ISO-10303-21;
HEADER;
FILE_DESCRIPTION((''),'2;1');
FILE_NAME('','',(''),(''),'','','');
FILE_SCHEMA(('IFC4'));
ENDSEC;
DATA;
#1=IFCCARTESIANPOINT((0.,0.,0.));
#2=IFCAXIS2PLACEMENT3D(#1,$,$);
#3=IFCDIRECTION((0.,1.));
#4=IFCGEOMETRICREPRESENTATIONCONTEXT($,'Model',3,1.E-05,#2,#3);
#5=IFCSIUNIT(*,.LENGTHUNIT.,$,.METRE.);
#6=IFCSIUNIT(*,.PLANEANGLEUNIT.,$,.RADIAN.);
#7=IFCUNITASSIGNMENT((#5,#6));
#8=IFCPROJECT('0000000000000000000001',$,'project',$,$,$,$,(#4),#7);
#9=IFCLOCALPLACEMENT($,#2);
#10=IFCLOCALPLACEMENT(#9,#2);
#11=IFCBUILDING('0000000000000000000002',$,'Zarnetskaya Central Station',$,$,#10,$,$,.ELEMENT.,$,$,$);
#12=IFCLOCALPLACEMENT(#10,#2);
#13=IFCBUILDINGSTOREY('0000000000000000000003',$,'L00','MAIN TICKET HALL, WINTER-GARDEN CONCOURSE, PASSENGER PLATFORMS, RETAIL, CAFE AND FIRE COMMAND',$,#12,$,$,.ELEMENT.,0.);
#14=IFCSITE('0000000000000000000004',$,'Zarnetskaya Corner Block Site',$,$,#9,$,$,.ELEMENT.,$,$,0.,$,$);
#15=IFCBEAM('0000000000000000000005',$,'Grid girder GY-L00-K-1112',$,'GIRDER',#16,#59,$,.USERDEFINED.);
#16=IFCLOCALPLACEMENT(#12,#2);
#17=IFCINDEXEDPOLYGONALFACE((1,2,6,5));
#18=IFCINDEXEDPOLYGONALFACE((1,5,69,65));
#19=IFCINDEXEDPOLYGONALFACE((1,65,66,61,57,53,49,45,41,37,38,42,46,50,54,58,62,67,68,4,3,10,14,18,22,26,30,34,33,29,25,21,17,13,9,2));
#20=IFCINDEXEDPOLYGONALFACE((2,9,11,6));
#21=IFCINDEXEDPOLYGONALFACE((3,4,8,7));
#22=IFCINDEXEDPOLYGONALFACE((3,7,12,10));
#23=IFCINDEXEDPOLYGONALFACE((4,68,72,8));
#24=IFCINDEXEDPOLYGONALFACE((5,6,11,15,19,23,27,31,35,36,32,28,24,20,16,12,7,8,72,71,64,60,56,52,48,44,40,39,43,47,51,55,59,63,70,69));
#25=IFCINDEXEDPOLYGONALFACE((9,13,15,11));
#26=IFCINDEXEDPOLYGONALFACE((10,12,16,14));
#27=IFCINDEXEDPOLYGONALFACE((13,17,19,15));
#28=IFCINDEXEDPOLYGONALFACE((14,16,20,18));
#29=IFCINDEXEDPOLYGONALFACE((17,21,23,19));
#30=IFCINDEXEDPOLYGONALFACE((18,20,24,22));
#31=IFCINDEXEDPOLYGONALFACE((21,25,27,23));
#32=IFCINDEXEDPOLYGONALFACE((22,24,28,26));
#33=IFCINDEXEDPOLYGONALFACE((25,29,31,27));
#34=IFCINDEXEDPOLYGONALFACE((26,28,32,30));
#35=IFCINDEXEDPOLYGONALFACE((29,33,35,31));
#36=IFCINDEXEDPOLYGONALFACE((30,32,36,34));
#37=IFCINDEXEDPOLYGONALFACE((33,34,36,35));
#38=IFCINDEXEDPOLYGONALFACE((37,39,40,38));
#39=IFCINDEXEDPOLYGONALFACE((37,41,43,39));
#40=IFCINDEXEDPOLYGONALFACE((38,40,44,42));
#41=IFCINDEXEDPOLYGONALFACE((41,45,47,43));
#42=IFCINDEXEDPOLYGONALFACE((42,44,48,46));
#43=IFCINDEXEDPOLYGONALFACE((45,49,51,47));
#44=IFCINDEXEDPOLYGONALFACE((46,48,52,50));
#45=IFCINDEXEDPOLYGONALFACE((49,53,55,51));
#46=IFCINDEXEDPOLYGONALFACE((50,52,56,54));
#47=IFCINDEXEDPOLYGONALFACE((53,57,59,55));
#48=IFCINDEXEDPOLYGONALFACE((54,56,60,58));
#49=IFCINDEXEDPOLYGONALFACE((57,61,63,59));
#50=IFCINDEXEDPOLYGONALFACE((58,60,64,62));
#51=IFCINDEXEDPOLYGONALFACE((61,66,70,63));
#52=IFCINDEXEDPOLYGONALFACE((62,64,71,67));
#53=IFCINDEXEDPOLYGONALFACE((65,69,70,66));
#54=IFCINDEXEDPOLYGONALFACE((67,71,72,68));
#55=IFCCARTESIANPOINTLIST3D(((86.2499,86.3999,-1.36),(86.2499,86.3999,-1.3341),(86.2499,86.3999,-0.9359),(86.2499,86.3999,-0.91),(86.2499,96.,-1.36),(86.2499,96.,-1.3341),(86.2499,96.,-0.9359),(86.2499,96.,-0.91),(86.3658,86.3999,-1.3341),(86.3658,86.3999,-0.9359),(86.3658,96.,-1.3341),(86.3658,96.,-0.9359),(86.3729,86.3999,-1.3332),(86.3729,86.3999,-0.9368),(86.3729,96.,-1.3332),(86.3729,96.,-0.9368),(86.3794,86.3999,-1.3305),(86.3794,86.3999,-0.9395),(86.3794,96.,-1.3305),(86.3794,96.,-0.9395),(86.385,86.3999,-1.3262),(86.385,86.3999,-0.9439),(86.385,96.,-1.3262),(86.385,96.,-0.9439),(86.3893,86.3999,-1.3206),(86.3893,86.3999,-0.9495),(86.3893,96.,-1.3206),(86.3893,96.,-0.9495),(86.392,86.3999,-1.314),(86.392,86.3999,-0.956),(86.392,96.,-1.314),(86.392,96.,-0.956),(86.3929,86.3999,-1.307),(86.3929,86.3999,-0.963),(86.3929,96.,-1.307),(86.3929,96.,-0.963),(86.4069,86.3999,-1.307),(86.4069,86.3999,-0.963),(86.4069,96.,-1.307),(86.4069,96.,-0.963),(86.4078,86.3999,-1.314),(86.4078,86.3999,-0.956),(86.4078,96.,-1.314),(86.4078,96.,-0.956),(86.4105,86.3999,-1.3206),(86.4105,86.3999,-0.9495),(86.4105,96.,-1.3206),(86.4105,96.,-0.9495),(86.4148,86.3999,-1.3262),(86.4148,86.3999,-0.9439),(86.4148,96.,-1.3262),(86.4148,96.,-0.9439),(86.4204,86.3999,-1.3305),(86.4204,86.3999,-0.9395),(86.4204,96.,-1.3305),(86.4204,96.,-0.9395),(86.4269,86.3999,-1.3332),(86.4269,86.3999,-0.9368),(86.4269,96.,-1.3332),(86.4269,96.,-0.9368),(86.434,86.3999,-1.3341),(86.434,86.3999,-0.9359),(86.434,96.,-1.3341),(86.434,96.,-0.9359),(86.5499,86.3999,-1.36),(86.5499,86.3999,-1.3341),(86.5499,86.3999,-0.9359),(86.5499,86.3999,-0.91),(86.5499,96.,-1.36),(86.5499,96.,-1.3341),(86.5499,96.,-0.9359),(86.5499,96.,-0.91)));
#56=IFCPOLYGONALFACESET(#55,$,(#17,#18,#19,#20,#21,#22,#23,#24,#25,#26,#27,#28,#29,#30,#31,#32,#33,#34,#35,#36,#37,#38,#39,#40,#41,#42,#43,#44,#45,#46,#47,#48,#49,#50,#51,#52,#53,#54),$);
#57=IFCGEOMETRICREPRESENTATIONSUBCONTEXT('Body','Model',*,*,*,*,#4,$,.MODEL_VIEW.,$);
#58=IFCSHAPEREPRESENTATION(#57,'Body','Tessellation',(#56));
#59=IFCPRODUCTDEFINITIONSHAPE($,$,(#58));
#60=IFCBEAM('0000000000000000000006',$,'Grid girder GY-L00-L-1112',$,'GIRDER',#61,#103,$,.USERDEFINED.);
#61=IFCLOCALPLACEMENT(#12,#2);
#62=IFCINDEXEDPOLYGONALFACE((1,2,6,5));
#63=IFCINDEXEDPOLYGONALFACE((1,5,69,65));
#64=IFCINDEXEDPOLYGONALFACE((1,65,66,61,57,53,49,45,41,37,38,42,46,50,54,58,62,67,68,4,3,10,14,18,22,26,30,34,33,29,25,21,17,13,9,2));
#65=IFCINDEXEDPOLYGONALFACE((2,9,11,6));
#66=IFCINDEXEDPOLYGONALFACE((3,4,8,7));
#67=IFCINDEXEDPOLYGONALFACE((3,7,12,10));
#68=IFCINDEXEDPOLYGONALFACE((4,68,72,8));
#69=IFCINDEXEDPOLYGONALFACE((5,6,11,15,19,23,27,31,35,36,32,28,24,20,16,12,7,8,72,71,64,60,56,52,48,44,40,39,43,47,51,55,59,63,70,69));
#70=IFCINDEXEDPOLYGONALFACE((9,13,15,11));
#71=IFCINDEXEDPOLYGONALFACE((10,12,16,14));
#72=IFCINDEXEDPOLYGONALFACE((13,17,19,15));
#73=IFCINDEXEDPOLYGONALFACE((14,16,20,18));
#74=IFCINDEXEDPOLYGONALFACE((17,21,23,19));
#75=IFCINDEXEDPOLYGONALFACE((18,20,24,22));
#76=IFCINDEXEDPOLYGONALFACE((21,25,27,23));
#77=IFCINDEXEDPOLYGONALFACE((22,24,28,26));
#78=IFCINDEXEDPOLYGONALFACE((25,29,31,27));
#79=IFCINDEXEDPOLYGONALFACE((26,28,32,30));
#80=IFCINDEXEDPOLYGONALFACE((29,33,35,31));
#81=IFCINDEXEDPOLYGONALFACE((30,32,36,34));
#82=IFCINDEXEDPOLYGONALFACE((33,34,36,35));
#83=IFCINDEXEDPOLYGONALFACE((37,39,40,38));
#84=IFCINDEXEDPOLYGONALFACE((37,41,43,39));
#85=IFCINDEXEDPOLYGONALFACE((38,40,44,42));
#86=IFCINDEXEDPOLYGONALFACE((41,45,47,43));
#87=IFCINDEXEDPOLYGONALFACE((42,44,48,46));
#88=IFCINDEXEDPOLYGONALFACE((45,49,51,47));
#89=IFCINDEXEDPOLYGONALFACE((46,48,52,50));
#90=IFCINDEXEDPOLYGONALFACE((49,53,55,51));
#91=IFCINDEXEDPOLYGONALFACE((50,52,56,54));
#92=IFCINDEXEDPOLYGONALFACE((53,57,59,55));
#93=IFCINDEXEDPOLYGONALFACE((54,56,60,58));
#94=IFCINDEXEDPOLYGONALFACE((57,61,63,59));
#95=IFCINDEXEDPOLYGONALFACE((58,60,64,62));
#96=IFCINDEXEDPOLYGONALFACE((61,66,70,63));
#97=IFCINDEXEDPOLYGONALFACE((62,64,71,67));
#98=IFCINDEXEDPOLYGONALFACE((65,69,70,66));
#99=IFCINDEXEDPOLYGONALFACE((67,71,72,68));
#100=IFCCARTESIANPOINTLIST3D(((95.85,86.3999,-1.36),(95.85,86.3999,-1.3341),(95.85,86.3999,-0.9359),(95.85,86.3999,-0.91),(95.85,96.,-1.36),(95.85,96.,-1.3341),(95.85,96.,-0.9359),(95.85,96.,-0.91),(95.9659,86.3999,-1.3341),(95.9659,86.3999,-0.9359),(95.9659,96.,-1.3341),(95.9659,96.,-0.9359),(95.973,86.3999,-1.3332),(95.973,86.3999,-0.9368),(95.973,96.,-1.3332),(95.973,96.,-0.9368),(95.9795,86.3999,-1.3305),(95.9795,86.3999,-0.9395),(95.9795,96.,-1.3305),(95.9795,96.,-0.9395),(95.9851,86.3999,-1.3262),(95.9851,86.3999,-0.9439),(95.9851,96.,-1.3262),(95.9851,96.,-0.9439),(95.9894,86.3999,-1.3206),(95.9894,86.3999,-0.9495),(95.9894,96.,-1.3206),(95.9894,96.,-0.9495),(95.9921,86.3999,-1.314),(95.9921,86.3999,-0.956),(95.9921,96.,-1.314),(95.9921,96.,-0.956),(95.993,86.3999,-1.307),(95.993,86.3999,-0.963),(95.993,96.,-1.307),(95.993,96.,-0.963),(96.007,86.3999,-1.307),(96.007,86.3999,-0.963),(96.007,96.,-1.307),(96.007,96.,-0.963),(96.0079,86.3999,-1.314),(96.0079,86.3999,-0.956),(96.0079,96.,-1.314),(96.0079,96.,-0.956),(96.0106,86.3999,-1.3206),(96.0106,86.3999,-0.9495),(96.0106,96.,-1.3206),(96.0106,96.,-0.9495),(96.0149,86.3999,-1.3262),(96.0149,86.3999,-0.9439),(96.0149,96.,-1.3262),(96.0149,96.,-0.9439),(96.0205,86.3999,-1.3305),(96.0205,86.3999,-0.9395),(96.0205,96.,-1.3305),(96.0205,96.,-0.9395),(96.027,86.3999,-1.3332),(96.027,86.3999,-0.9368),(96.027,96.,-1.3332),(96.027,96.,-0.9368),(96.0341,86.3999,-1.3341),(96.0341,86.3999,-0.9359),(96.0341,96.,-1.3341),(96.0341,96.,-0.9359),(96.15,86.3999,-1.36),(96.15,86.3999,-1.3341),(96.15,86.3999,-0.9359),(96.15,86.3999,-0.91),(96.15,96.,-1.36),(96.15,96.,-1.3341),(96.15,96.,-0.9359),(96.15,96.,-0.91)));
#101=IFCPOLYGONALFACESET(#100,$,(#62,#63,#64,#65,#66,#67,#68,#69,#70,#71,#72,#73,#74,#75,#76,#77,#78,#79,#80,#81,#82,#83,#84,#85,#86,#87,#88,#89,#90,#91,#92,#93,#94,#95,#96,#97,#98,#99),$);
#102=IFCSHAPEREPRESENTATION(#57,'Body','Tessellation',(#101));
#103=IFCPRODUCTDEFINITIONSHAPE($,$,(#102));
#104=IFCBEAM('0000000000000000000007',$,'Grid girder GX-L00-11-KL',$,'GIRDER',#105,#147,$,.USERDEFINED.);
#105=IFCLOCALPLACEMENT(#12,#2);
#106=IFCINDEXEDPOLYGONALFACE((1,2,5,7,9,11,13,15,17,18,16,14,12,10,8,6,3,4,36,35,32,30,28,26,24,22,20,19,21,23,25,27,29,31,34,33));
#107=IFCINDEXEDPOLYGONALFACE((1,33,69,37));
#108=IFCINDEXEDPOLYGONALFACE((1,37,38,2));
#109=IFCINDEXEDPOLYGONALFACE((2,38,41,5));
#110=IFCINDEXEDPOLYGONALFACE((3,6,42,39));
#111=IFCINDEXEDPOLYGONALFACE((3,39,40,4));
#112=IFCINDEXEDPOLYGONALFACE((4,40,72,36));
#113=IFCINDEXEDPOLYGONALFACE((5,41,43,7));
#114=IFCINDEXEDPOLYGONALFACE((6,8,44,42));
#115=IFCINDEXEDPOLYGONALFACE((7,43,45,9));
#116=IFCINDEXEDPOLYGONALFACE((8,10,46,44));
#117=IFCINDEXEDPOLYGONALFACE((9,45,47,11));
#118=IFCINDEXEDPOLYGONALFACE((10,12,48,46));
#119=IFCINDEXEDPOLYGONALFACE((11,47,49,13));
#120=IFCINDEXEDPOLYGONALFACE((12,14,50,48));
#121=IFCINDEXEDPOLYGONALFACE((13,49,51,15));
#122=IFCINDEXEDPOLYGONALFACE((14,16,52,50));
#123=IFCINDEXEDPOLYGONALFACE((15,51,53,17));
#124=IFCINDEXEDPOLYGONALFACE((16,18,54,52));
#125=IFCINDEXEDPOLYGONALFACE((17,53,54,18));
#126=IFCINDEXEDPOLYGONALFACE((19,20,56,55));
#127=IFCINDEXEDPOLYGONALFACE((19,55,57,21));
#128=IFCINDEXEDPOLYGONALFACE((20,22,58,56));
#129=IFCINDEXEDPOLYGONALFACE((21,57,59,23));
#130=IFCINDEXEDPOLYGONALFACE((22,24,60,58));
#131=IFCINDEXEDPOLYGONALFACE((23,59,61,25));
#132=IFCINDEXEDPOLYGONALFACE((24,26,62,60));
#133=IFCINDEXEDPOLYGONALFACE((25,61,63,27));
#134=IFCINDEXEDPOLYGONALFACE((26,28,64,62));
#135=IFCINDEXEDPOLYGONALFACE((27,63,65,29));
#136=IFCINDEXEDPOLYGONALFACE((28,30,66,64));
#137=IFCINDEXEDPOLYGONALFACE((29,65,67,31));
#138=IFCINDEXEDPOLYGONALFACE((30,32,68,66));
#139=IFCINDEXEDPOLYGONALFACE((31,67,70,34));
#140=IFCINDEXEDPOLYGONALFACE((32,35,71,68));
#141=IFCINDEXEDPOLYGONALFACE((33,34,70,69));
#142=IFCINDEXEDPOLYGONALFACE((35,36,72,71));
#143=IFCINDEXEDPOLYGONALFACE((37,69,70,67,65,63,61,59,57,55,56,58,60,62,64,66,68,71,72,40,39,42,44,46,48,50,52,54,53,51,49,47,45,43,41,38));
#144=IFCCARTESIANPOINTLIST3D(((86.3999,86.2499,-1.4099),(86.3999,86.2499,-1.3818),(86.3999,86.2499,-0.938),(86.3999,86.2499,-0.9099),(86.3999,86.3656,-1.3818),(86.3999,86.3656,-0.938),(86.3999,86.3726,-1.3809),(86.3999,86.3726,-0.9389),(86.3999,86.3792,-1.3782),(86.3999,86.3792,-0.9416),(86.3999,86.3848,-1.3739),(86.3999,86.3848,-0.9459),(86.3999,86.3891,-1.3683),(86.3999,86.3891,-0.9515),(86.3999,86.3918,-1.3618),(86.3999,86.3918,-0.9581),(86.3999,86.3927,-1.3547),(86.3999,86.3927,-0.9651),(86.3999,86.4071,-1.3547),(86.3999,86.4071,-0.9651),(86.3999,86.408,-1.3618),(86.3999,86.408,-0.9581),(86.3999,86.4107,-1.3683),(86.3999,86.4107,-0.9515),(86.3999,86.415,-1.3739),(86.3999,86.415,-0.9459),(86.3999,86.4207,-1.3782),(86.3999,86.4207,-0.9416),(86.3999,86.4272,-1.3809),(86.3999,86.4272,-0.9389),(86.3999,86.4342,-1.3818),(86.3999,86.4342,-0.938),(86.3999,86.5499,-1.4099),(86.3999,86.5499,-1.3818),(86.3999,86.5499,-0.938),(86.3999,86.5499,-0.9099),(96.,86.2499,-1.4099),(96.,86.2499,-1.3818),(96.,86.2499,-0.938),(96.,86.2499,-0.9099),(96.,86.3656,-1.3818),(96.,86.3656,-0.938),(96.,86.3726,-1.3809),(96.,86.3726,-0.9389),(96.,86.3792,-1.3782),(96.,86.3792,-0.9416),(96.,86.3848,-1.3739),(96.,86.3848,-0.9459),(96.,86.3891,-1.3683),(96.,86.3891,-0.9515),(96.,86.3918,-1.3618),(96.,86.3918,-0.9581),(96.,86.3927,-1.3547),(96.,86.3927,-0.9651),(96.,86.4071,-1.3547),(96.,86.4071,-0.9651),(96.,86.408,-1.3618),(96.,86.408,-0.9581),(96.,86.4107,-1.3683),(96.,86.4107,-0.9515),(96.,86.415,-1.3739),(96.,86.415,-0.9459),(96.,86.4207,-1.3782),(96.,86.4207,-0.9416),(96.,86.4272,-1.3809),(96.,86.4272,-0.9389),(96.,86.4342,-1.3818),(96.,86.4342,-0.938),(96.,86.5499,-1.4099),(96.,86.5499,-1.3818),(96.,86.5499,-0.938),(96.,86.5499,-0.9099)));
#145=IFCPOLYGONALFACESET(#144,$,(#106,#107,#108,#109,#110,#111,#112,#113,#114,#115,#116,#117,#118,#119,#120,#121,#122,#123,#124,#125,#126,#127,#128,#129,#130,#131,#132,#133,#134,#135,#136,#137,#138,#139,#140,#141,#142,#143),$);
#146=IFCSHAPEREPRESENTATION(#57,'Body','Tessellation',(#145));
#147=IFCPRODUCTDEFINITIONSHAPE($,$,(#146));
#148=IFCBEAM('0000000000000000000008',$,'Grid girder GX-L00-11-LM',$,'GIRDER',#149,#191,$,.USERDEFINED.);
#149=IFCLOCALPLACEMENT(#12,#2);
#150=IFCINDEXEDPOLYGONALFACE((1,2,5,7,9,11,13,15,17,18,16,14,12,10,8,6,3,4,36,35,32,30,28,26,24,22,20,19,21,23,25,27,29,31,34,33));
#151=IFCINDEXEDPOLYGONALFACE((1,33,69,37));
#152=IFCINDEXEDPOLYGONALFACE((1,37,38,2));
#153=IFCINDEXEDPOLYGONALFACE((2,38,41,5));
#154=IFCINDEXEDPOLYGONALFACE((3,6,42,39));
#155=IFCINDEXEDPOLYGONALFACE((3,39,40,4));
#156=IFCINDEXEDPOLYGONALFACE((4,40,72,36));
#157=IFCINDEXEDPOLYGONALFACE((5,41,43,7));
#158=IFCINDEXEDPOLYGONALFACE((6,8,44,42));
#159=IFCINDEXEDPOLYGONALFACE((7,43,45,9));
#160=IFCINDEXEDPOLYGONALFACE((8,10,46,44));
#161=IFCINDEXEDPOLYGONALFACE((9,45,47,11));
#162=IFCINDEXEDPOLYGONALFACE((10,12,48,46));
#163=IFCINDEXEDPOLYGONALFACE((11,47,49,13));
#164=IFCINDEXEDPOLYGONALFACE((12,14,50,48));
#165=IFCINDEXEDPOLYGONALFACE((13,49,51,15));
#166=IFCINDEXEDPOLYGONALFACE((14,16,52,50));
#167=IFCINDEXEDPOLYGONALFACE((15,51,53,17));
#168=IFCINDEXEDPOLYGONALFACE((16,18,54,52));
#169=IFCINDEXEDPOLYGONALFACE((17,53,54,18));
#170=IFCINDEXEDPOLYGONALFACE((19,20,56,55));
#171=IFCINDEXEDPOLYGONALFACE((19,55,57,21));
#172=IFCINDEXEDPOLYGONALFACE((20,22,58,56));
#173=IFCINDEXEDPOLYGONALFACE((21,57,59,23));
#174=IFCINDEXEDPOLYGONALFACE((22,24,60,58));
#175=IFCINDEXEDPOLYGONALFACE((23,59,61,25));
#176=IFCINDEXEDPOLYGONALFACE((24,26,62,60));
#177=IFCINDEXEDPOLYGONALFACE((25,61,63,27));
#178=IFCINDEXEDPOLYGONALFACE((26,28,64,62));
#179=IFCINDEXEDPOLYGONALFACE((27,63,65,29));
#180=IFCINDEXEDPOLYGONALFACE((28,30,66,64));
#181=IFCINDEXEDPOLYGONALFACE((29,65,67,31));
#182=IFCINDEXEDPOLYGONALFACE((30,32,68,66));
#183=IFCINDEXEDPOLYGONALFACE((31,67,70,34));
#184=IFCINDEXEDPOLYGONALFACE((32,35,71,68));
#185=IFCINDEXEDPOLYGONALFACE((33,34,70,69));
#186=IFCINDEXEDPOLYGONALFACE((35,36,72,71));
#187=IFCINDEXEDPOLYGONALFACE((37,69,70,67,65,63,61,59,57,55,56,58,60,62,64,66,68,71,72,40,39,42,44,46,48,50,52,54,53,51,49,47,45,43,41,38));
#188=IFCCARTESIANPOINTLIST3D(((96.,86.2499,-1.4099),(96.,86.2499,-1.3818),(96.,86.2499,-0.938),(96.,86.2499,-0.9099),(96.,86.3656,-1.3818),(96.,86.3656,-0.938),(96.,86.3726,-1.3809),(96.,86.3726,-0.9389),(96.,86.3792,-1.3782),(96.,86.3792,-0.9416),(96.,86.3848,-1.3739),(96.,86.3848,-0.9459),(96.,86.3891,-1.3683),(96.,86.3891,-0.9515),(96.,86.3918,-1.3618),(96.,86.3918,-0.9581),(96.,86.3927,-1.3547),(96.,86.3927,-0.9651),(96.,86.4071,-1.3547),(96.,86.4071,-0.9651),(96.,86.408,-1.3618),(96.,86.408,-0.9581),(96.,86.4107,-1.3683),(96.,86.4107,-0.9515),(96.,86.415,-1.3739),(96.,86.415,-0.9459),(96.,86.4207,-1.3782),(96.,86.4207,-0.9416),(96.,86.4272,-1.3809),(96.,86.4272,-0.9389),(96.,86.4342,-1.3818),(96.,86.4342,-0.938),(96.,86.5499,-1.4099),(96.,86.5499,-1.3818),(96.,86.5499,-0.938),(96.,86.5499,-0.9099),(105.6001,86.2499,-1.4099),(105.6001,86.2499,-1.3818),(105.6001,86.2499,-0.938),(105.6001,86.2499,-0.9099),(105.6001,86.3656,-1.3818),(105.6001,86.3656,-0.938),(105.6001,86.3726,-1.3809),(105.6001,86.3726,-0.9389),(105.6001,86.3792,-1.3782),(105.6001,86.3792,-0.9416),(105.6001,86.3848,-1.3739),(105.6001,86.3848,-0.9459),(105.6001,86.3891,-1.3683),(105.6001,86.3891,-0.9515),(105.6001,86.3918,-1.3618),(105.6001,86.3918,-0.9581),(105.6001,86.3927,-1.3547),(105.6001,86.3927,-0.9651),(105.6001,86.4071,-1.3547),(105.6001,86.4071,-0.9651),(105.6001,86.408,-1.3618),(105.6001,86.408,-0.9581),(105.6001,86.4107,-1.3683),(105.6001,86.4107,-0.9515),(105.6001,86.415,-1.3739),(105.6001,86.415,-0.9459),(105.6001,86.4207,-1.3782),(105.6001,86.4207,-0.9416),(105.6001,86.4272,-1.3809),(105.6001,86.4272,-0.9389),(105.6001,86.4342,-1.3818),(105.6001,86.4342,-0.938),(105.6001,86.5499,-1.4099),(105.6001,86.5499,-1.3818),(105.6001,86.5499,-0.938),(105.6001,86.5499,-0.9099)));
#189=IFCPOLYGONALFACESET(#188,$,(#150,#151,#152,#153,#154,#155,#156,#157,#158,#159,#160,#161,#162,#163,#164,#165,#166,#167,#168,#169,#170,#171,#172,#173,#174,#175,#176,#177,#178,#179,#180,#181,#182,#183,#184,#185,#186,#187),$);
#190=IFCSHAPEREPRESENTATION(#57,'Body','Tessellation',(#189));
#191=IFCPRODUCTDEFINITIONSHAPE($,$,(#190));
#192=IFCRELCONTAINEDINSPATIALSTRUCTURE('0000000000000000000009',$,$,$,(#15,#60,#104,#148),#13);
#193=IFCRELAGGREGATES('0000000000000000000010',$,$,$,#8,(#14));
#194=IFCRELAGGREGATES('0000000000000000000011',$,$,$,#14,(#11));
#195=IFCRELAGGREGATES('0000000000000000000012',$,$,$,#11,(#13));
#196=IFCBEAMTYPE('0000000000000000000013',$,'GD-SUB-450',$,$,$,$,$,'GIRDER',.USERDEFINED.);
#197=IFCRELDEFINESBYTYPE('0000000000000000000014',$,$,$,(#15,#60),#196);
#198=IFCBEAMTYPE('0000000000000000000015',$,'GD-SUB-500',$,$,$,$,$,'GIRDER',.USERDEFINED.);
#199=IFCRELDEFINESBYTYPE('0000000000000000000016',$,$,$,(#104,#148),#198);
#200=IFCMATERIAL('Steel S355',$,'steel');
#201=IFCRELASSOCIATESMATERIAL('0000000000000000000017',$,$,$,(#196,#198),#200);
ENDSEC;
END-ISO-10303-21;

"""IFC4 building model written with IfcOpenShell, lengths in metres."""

from ifc_helpers import new_model, si_unit, direction, frame, origin, origin_2d, place, context, subcontext, project, spatial, i_section, extrude, material, material_profile, profile_set, type_object, element, save


model = new_model("IFC4")

# Units and contexts
model_context = context("Model", 3, precision=1e-05, world=origin(), true_north=direction((0.0, 1.0)))
body_context = subcontext(model_context, "Body", "Model", "MODEL_VIEW")
ifc_project = project(units=[si_unit("LENGTHUNIT", "METRE"), si_unit("PLANEANGLEUNIT", "RADIAN")], contexts=[model_context])

# Site, building, storey
site_placement = place(None, origin())
site = spatial("IfcSite", under=ifc_project, at=site_placement, Name="Zarnetskaya Corner Block Site", CompositionType="ELEMENT", RefElevation=0.0)
building_placement = place(site_placement, origin())
building = spatial("IfcBuilding", under=site, at=building_placement, Name="Zarnetskaya Central Station", CompositionType="ELEMENT")
storey_placement = place(building_placement, origin())
storey = spatial("IfcBuildingStorey", under=building, at=storey_placement, Name="L00", Description="MAIN TICKET HALL, WINTER-GARDEN CONCOURSE, PASSENGER PLATFORMS, RETAIL, CAFE AND FIRE COMMAND", CompositionType="ELEMENT", Elevation=0.0)

# Shared definitions
ifc_material_1 = material(Name="Steel S355", Category="steel")

# Beams
ifc_material_profile_1 = material_profile(ifc_material_1, i_section(OverallWidth=0.3, OverallDepth=0.45, WebThickness=0.0139, FlangeThickness=0.0259, FilletRadius=0.0271, at=origin_2d()), Name="HEB 450")
ifc_profile_set_1 = profile_set([ifc_material_profile_1], Name="Steel S355")
beam_type_1 = type_object("IfcBeamType", Name="GD-SUB-450", ElementType="GIRDER", PredefinedType="USERDEFINED", material=ifc_profile_set_1)
for number, where, z_axis, x_axis, name in (
    (1, (86.3999, 86.3999, -1.135), (0.0, 1.0, 0.0), (-1.0, 0.0, 0.0), "Grid girder GY-L00-K-1112"),
    (2, (96.0, 86.3999, -1.135), (0.0, 1.0, 0.0), (-1.0, 0.0, 0.0), "Grid girder GY-L00-L-1112"),
):
    element("IfcBeam", number, at=place(storey_placement, frame(where, z_axis=z_axis, x_axis=x_axis)), inside=storey, type_object=beam_type_1, Name=name, ObjectType="GIRDER", PredefinedType="USERDEFINED", context=body_context, shape_type="SweptSolid", body=[
        extrude(i_section(OverallWidth=0.3, OverallDepth=0.45, WebThickness=0.0139, FlangeThickness=0.0259, FilletRadius=0.0271, at=origin_2d()), origin(), (0.0, 0.0, 1.0), 9.6001),
    ])
ifc_material_profile_2 = material_profile(ifc_material_1, i_section(OverallWidth=0.3, OverallDepth=0.5, WebThickness=0.0144, FlangeThickness=0.0281, FilletRadius=0.0271, at=origin_2d()), Name="HEB 500")
ifc_profile_set_2 = profile_set([ifc_material_profile_2], Name="Steel S355")
beam_type_2 = type_object("IfcBeamType", Name="GD-SUB-500", ElementType="GIRDER", PredefinedType="USERDEFINED", material=ifc_profile_set_2)
for number, where, z_axis, x_axis, name in (
    (3, (86.3999, 86.3999, -1.1599), (1.0, 0.0, 0.0), (0.0, 1.0, 0.0), "Grid girder GX-L00-11-KL"),
    (4, (96.0, 86.3999, -1.1599), (1.0, 0.0, 0.0), (0.0, 1.0, 0.0), "Grid girder GX-L00-11-LM"),
):
    element("IfcBeam", number, at=place(storey_placement, frame(where, z_axis=z_axis, x_axis=x_axis)), inside=storey, type_object=beam_type_2, Name=name, ObjectType="GIRDER", PredefinedType="USERDEFINED", context=body_context, shape_type="SweptSolid", body=[
        extrude(i_section(OverallWidth=0.3, OverallDepth=0.5, WebThickness=0.0144, FlangeThickness=0.0281, FilletRadius=0.0271, at=origin_2d()), origin(), (0.0, 0.0, 1.0), 9.6001),
    ])

save(model, "model.ifc")
